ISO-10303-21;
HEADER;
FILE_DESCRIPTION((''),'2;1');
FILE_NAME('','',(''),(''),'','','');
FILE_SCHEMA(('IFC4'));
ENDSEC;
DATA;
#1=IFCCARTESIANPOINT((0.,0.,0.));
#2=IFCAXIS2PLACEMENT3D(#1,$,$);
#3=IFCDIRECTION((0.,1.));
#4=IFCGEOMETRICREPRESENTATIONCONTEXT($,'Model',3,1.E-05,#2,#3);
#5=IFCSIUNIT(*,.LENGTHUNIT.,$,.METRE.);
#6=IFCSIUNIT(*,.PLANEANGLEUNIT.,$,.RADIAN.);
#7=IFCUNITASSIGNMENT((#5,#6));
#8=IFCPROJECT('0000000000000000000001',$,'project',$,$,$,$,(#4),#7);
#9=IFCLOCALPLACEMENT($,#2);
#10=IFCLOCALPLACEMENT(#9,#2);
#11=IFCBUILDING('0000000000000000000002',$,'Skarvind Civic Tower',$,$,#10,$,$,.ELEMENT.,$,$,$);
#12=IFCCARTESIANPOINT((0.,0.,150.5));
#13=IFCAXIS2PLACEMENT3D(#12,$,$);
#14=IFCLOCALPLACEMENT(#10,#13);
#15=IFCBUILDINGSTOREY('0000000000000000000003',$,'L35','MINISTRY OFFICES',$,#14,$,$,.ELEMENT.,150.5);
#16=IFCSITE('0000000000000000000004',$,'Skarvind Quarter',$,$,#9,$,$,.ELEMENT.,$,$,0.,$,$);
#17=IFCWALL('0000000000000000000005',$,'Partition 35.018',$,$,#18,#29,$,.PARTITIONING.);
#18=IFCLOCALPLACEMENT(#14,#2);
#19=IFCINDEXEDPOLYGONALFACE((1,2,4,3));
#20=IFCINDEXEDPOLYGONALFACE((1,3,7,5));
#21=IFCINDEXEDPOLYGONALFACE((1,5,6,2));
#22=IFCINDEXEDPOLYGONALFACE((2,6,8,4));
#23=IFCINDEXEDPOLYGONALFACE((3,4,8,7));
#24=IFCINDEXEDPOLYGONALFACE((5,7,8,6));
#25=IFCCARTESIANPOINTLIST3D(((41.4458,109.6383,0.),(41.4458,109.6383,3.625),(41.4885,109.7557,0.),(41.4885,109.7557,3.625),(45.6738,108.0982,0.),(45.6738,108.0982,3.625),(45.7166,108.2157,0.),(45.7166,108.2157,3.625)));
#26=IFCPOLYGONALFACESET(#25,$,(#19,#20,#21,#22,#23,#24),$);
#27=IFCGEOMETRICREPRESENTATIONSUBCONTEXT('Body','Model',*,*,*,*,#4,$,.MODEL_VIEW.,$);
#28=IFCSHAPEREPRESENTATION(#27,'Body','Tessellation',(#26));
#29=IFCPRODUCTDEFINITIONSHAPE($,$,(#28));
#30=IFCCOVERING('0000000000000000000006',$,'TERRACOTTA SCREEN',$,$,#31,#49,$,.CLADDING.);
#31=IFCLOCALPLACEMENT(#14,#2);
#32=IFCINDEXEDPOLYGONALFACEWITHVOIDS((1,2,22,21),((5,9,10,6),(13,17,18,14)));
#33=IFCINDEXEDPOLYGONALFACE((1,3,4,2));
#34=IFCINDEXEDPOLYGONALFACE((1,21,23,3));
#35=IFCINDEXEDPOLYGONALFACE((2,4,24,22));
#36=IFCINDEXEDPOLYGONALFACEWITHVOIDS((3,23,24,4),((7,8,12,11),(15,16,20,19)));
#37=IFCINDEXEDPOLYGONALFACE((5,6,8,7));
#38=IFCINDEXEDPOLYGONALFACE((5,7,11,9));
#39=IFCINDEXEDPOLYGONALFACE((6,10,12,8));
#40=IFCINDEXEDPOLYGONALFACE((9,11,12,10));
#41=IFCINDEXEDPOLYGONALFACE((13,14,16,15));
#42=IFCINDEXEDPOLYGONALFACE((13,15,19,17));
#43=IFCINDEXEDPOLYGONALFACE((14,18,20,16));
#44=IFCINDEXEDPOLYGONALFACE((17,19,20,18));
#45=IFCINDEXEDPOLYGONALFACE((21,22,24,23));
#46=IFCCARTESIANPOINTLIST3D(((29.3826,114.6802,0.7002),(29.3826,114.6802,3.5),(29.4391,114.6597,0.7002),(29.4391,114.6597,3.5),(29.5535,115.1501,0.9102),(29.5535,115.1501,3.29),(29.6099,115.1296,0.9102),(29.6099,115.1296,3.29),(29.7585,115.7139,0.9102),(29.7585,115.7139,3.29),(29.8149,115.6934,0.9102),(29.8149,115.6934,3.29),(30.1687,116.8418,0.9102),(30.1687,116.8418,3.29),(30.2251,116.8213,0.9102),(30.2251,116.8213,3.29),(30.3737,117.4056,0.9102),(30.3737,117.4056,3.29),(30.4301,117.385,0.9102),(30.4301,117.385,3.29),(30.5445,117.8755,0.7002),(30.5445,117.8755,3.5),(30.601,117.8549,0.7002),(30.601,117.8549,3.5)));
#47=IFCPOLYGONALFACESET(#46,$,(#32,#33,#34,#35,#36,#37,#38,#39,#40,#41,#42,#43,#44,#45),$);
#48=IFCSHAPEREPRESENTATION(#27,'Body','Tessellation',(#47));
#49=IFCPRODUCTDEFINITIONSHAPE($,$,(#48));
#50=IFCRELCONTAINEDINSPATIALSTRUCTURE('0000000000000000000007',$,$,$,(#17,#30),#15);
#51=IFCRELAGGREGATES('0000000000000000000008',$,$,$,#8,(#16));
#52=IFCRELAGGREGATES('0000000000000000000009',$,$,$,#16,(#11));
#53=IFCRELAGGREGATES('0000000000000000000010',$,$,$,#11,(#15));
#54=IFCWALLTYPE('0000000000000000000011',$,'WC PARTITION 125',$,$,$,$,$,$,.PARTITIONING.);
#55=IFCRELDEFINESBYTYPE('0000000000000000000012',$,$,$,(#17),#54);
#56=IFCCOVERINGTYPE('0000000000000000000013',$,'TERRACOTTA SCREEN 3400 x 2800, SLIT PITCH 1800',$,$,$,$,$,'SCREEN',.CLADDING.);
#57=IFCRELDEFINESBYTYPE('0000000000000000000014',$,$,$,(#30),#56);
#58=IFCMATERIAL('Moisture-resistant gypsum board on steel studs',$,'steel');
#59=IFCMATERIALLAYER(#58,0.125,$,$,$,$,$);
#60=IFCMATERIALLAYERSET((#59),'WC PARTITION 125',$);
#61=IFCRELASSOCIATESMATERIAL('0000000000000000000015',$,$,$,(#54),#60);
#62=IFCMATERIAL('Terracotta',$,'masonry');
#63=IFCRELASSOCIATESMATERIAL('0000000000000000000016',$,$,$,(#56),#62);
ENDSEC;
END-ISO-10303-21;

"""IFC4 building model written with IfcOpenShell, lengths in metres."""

from ifc_helpers import new_model, si_unit, direction, frame, frame_2d, origin, place, context, subcontext, project, spatial, polyline, rectangle, outline, extrude, material, layer, layer_set, material_profile, profile_set, type_object, element, save


model = new_model("IFC4")

# Units and contexts
model_context = context("Model", 3, precision=1e-05, world=origin(), true_north=direction((0.0, 1.0)))
body_context = subcontext(model_context, "Body", "Model", "MODEL_VIEW")
ifc_project = project(units=[si_unit("LENGTHUNIT", "METRE"), si_unit("PLANEANGLEUNIT", "RADIAN")], contexts=[model_context])

# Site, building, storey
site_placement = place(None, origin())
site = spatial("IfcSite", under=ifc_project, at=site_placement, Name="Skarvind Quarter", CompositionType="ELEMENT", RefElevation=0.0)
building_placement = place(site_placement, origin())
building = spatial("IfcBuilding", under=site, at=building_placement, Name="Skarvind Civic Tower", CompositionType="ELEMENT")
storey_placement = place(building_placement, frame((0.0, 0.0, 150.5)))
storey = spatial("IfcBuildingStorey", under=building, at=storey_placement, Name="L35", Description="MINISTRY OFFICES", CompositionType="ELEMENT", Elevation=150.5)

# Wall
ifc_material_1 = material(Name="Moisture-resistant gypsum board on steel studs", Category="steel")
ifc_layer_1 = layer(ifc_material_1, 0.125)
ifc_layer_set_1 = layer_set([ifc_layer_1], Name="WC PARTITION 125")
wall_type_1 = type_object("IfcWallType", Name="WC PARTITION 125", PredefinedType="PARTITIONING", material=ifc_layer_set_1)
wall_1_placement = place(storey_placement, frame((41.467, 109.697, 0.0), z_axis=(0.0, 0.0, 1.0), x_axis=(0.93961, -0.342248, 0.0)))
element("IfcWall", 1, at=wall_1_placement, inside=storey, type_object=wall_type_1, Name="Partition 35.018", PredefinedType="PARTITIONING", context=body_context, shape_type="SweptSolid", body=[
    extrude(rectangle(XDim=4.4998, YDim=0.125, at=frame_2d((2.25, 0.0))), origin(), (0.0, 0.0, 1.0), 3.625),
])

# Covering
ifc_material_2 = material(Name="Terracotta", Category="masonry")
ifc_material_profile_1 = material_profile(ifc_material_2, outline(polyline([(-1.7, -1.3999), (1.7, -1.3999), (1.7, 1.3999), (-1.7, 1.3999), (-1.7, -1.3999)]), holes=[polyline([(-1.2, -1.1899), (-0.6001, -1.1899), (-0.6001, 1.1899), (-1.2, 1.1899), (-1.2, -1.1899)]), polyline([(0.6001, -1.1899), (1.2, -1.1899), (1.2, 1.1899), (0.6001, 1.1899), (0.6001, -1.1899)])]), Name="TERRACOTTA SCREEN 3400 x 2800, SLIT PITCH 1800")
ifc_profile_set_1 = profile_set([ifc_material_profile_1], Name="Terracotta")
covering_type = type_object("IfcCoveringType", Name="TERRACOTTA SCREEN 3400 x 2800, SLIT PITCH 1800", ElementType="SCREEN", PredefinedType="CLADDING", material=ifc_profile_set_1)
covering_placement = place(storey_placement, frame((30.02, 116.2573, 2.1001), z_axis=(-0.939793, 0.341743, 0.0), x_axis=(-0.341743, -0.939793, 0.0)))
element("IfcCovering", 2, at=covering_placement, inside=storey, type_object=covering_type, Name="TERRACOTTA SCREEN", PredefinedType="CLADDING", context=body_context, shape_type="SweptSolid", body=[
    extrude(outline(polyline([(-1.7, -1.3999), (1.7, -1.3999), (1.7, 1.3999), (-1.7, 1.3999), (-1.7, -1.3999)]), holes=[polyline([(-1.2, -1.1899), (-0.6001, -1.1899), (-0.6001, 1.1899), (-1.2, 1.1899), (-1.2, -1.1899)]), polyline([(0.6001, -1.1899), (1.2, -1.1899), (1.2, 1.1899), (0.6001, 1.1899), (0.6001, -1.1899)])]), origin(), (0.0, 0.0, 1.0), 0.0601),
])

save(model, "model.ifc")
